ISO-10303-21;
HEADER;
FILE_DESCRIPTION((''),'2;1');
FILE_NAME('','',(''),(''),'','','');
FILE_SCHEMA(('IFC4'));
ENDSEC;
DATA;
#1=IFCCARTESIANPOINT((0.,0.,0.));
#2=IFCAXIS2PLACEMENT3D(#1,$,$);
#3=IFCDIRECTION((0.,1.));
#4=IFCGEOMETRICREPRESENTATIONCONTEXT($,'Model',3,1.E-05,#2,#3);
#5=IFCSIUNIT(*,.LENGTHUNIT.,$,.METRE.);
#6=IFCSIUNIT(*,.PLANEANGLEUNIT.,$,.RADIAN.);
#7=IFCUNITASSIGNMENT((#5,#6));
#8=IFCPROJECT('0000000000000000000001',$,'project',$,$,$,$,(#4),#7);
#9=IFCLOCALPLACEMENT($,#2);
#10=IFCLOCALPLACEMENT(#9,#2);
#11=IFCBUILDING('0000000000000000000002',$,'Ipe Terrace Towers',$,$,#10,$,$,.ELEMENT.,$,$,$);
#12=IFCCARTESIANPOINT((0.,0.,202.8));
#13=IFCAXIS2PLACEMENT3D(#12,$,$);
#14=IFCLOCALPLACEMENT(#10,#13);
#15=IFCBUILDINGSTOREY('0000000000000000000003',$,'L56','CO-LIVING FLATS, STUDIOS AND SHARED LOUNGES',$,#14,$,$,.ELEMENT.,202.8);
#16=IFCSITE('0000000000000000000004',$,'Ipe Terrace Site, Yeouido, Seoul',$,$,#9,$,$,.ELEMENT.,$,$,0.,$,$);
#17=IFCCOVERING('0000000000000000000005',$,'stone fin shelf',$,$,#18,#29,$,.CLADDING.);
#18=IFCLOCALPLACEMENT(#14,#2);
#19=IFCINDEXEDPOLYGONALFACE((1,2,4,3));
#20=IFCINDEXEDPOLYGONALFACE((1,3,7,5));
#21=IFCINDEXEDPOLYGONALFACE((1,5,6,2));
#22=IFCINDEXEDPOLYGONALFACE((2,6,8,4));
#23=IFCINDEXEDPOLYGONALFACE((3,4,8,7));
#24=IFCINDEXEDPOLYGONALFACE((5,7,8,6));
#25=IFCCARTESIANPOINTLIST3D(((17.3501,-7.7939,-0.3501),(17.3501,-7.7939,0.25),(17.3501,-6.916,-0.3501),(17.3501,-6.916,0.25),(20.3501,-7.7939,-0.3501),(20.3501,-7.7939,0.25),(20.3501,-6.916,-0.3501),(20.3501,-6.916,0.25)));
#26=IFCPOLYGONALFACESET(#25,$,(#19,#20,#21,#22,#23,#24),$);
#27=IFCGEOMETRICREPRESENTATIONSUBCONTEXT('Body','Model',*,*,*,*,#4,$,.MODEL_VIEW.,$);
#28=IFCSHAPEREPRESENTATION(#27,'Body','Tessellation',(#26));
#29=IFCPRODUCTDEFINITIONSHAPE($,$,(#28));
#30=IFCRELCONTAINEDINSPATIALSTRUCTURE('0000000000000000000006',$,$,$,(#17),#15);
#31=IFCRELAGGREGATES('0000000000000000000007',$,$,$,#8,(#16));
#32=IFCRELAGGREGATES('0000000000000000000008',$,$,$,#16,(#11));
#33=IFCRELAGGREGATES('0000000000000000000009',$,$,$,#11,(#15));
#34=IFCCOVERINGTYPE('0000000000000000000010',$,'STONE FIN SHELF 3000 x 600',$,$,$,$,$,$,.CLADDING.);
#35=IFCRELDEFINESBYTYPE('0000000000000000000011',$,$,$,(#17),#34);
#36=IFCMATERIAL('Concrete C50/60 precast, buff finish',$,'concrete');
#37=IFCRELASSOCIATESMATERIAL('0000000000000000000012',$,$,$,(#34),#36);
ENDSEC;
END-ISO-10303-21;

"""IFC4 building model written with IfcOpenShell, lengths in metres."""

from ifc_helpers import new_model, si_unit, direction, frame, origin, origin_2d, place, context, subcontext, project, spatial, rectangle, extrude, material, type_object, element, save


model = new_model("IFC4")

# Units and contexts
model_context = context("Model", 3, precision=1e-05, world=origin(), true_north=direction((0.0, 1.0)))
body_context = subcontext(model_context, "Body", "Model", "MODEL_VIEW")
ifc_project = project(units=[si_unit("LENGTHUNIT", "METRE"), si_unit("PLANEANGLEUNIT", "RADIAN")], contexts=[model_context])

# Site, building, storey
site_placement = place(None, origin())
site = spatial("IfcSite", under=ifc_project, at=site_placement, Name="Ipe Terrace Site, Yeouido, Seoul", CompositionType="ELEMENT", RefElevation=0.0)
building_placement = place(site_placement, origin())
building = spatial("IfcBuilding", under=site, at=building_placement, Name="Ipe Terrace Towers", CompositionType="ELEMENT")
storey_placement = place(building_placement, frame((0.0, 0.0, 202.8)))
storey = spatial("IfcBuildingStorey", under=building, at=storey_placement, Name="L56", Description="CO-LIVING FLATS, STUDIOS AND SHARED LOUNGES", CompositionType="ELEMENT", Elevation=202.8)

# Covering
ifc_material_1 = material(Name="Concrete C50/60 precast, buff finish", Category="concrete")
covering_type_1 = type_object("IfcCoveringType", Name="STONE FIN SHELF 3000 x 600", PredefinedType="CLADDING", material=ifc_material_1)
covering_1_placement = place(storey_placement, frame((18.8501, -7.355, -0.3501), z_axis=(0.0, 0.0, 1.0), x_axis=(1.0, 0.0, 0.0)))
element("IfcCovering", 1, at=covering_1_placement, inside=storey, type_object=covering_type_1, Name="stone fin shelf", PredefinedType="CLADDING", context=body_context, shape_type="SweptSolid", body=[
    extrude(rectangle(XDim=3.0, YDim=0.8779, at=origin_2d()), origin(), (0.0, 0.0, 1.0), 0.6001),
])

save(model, "model.ifc")
